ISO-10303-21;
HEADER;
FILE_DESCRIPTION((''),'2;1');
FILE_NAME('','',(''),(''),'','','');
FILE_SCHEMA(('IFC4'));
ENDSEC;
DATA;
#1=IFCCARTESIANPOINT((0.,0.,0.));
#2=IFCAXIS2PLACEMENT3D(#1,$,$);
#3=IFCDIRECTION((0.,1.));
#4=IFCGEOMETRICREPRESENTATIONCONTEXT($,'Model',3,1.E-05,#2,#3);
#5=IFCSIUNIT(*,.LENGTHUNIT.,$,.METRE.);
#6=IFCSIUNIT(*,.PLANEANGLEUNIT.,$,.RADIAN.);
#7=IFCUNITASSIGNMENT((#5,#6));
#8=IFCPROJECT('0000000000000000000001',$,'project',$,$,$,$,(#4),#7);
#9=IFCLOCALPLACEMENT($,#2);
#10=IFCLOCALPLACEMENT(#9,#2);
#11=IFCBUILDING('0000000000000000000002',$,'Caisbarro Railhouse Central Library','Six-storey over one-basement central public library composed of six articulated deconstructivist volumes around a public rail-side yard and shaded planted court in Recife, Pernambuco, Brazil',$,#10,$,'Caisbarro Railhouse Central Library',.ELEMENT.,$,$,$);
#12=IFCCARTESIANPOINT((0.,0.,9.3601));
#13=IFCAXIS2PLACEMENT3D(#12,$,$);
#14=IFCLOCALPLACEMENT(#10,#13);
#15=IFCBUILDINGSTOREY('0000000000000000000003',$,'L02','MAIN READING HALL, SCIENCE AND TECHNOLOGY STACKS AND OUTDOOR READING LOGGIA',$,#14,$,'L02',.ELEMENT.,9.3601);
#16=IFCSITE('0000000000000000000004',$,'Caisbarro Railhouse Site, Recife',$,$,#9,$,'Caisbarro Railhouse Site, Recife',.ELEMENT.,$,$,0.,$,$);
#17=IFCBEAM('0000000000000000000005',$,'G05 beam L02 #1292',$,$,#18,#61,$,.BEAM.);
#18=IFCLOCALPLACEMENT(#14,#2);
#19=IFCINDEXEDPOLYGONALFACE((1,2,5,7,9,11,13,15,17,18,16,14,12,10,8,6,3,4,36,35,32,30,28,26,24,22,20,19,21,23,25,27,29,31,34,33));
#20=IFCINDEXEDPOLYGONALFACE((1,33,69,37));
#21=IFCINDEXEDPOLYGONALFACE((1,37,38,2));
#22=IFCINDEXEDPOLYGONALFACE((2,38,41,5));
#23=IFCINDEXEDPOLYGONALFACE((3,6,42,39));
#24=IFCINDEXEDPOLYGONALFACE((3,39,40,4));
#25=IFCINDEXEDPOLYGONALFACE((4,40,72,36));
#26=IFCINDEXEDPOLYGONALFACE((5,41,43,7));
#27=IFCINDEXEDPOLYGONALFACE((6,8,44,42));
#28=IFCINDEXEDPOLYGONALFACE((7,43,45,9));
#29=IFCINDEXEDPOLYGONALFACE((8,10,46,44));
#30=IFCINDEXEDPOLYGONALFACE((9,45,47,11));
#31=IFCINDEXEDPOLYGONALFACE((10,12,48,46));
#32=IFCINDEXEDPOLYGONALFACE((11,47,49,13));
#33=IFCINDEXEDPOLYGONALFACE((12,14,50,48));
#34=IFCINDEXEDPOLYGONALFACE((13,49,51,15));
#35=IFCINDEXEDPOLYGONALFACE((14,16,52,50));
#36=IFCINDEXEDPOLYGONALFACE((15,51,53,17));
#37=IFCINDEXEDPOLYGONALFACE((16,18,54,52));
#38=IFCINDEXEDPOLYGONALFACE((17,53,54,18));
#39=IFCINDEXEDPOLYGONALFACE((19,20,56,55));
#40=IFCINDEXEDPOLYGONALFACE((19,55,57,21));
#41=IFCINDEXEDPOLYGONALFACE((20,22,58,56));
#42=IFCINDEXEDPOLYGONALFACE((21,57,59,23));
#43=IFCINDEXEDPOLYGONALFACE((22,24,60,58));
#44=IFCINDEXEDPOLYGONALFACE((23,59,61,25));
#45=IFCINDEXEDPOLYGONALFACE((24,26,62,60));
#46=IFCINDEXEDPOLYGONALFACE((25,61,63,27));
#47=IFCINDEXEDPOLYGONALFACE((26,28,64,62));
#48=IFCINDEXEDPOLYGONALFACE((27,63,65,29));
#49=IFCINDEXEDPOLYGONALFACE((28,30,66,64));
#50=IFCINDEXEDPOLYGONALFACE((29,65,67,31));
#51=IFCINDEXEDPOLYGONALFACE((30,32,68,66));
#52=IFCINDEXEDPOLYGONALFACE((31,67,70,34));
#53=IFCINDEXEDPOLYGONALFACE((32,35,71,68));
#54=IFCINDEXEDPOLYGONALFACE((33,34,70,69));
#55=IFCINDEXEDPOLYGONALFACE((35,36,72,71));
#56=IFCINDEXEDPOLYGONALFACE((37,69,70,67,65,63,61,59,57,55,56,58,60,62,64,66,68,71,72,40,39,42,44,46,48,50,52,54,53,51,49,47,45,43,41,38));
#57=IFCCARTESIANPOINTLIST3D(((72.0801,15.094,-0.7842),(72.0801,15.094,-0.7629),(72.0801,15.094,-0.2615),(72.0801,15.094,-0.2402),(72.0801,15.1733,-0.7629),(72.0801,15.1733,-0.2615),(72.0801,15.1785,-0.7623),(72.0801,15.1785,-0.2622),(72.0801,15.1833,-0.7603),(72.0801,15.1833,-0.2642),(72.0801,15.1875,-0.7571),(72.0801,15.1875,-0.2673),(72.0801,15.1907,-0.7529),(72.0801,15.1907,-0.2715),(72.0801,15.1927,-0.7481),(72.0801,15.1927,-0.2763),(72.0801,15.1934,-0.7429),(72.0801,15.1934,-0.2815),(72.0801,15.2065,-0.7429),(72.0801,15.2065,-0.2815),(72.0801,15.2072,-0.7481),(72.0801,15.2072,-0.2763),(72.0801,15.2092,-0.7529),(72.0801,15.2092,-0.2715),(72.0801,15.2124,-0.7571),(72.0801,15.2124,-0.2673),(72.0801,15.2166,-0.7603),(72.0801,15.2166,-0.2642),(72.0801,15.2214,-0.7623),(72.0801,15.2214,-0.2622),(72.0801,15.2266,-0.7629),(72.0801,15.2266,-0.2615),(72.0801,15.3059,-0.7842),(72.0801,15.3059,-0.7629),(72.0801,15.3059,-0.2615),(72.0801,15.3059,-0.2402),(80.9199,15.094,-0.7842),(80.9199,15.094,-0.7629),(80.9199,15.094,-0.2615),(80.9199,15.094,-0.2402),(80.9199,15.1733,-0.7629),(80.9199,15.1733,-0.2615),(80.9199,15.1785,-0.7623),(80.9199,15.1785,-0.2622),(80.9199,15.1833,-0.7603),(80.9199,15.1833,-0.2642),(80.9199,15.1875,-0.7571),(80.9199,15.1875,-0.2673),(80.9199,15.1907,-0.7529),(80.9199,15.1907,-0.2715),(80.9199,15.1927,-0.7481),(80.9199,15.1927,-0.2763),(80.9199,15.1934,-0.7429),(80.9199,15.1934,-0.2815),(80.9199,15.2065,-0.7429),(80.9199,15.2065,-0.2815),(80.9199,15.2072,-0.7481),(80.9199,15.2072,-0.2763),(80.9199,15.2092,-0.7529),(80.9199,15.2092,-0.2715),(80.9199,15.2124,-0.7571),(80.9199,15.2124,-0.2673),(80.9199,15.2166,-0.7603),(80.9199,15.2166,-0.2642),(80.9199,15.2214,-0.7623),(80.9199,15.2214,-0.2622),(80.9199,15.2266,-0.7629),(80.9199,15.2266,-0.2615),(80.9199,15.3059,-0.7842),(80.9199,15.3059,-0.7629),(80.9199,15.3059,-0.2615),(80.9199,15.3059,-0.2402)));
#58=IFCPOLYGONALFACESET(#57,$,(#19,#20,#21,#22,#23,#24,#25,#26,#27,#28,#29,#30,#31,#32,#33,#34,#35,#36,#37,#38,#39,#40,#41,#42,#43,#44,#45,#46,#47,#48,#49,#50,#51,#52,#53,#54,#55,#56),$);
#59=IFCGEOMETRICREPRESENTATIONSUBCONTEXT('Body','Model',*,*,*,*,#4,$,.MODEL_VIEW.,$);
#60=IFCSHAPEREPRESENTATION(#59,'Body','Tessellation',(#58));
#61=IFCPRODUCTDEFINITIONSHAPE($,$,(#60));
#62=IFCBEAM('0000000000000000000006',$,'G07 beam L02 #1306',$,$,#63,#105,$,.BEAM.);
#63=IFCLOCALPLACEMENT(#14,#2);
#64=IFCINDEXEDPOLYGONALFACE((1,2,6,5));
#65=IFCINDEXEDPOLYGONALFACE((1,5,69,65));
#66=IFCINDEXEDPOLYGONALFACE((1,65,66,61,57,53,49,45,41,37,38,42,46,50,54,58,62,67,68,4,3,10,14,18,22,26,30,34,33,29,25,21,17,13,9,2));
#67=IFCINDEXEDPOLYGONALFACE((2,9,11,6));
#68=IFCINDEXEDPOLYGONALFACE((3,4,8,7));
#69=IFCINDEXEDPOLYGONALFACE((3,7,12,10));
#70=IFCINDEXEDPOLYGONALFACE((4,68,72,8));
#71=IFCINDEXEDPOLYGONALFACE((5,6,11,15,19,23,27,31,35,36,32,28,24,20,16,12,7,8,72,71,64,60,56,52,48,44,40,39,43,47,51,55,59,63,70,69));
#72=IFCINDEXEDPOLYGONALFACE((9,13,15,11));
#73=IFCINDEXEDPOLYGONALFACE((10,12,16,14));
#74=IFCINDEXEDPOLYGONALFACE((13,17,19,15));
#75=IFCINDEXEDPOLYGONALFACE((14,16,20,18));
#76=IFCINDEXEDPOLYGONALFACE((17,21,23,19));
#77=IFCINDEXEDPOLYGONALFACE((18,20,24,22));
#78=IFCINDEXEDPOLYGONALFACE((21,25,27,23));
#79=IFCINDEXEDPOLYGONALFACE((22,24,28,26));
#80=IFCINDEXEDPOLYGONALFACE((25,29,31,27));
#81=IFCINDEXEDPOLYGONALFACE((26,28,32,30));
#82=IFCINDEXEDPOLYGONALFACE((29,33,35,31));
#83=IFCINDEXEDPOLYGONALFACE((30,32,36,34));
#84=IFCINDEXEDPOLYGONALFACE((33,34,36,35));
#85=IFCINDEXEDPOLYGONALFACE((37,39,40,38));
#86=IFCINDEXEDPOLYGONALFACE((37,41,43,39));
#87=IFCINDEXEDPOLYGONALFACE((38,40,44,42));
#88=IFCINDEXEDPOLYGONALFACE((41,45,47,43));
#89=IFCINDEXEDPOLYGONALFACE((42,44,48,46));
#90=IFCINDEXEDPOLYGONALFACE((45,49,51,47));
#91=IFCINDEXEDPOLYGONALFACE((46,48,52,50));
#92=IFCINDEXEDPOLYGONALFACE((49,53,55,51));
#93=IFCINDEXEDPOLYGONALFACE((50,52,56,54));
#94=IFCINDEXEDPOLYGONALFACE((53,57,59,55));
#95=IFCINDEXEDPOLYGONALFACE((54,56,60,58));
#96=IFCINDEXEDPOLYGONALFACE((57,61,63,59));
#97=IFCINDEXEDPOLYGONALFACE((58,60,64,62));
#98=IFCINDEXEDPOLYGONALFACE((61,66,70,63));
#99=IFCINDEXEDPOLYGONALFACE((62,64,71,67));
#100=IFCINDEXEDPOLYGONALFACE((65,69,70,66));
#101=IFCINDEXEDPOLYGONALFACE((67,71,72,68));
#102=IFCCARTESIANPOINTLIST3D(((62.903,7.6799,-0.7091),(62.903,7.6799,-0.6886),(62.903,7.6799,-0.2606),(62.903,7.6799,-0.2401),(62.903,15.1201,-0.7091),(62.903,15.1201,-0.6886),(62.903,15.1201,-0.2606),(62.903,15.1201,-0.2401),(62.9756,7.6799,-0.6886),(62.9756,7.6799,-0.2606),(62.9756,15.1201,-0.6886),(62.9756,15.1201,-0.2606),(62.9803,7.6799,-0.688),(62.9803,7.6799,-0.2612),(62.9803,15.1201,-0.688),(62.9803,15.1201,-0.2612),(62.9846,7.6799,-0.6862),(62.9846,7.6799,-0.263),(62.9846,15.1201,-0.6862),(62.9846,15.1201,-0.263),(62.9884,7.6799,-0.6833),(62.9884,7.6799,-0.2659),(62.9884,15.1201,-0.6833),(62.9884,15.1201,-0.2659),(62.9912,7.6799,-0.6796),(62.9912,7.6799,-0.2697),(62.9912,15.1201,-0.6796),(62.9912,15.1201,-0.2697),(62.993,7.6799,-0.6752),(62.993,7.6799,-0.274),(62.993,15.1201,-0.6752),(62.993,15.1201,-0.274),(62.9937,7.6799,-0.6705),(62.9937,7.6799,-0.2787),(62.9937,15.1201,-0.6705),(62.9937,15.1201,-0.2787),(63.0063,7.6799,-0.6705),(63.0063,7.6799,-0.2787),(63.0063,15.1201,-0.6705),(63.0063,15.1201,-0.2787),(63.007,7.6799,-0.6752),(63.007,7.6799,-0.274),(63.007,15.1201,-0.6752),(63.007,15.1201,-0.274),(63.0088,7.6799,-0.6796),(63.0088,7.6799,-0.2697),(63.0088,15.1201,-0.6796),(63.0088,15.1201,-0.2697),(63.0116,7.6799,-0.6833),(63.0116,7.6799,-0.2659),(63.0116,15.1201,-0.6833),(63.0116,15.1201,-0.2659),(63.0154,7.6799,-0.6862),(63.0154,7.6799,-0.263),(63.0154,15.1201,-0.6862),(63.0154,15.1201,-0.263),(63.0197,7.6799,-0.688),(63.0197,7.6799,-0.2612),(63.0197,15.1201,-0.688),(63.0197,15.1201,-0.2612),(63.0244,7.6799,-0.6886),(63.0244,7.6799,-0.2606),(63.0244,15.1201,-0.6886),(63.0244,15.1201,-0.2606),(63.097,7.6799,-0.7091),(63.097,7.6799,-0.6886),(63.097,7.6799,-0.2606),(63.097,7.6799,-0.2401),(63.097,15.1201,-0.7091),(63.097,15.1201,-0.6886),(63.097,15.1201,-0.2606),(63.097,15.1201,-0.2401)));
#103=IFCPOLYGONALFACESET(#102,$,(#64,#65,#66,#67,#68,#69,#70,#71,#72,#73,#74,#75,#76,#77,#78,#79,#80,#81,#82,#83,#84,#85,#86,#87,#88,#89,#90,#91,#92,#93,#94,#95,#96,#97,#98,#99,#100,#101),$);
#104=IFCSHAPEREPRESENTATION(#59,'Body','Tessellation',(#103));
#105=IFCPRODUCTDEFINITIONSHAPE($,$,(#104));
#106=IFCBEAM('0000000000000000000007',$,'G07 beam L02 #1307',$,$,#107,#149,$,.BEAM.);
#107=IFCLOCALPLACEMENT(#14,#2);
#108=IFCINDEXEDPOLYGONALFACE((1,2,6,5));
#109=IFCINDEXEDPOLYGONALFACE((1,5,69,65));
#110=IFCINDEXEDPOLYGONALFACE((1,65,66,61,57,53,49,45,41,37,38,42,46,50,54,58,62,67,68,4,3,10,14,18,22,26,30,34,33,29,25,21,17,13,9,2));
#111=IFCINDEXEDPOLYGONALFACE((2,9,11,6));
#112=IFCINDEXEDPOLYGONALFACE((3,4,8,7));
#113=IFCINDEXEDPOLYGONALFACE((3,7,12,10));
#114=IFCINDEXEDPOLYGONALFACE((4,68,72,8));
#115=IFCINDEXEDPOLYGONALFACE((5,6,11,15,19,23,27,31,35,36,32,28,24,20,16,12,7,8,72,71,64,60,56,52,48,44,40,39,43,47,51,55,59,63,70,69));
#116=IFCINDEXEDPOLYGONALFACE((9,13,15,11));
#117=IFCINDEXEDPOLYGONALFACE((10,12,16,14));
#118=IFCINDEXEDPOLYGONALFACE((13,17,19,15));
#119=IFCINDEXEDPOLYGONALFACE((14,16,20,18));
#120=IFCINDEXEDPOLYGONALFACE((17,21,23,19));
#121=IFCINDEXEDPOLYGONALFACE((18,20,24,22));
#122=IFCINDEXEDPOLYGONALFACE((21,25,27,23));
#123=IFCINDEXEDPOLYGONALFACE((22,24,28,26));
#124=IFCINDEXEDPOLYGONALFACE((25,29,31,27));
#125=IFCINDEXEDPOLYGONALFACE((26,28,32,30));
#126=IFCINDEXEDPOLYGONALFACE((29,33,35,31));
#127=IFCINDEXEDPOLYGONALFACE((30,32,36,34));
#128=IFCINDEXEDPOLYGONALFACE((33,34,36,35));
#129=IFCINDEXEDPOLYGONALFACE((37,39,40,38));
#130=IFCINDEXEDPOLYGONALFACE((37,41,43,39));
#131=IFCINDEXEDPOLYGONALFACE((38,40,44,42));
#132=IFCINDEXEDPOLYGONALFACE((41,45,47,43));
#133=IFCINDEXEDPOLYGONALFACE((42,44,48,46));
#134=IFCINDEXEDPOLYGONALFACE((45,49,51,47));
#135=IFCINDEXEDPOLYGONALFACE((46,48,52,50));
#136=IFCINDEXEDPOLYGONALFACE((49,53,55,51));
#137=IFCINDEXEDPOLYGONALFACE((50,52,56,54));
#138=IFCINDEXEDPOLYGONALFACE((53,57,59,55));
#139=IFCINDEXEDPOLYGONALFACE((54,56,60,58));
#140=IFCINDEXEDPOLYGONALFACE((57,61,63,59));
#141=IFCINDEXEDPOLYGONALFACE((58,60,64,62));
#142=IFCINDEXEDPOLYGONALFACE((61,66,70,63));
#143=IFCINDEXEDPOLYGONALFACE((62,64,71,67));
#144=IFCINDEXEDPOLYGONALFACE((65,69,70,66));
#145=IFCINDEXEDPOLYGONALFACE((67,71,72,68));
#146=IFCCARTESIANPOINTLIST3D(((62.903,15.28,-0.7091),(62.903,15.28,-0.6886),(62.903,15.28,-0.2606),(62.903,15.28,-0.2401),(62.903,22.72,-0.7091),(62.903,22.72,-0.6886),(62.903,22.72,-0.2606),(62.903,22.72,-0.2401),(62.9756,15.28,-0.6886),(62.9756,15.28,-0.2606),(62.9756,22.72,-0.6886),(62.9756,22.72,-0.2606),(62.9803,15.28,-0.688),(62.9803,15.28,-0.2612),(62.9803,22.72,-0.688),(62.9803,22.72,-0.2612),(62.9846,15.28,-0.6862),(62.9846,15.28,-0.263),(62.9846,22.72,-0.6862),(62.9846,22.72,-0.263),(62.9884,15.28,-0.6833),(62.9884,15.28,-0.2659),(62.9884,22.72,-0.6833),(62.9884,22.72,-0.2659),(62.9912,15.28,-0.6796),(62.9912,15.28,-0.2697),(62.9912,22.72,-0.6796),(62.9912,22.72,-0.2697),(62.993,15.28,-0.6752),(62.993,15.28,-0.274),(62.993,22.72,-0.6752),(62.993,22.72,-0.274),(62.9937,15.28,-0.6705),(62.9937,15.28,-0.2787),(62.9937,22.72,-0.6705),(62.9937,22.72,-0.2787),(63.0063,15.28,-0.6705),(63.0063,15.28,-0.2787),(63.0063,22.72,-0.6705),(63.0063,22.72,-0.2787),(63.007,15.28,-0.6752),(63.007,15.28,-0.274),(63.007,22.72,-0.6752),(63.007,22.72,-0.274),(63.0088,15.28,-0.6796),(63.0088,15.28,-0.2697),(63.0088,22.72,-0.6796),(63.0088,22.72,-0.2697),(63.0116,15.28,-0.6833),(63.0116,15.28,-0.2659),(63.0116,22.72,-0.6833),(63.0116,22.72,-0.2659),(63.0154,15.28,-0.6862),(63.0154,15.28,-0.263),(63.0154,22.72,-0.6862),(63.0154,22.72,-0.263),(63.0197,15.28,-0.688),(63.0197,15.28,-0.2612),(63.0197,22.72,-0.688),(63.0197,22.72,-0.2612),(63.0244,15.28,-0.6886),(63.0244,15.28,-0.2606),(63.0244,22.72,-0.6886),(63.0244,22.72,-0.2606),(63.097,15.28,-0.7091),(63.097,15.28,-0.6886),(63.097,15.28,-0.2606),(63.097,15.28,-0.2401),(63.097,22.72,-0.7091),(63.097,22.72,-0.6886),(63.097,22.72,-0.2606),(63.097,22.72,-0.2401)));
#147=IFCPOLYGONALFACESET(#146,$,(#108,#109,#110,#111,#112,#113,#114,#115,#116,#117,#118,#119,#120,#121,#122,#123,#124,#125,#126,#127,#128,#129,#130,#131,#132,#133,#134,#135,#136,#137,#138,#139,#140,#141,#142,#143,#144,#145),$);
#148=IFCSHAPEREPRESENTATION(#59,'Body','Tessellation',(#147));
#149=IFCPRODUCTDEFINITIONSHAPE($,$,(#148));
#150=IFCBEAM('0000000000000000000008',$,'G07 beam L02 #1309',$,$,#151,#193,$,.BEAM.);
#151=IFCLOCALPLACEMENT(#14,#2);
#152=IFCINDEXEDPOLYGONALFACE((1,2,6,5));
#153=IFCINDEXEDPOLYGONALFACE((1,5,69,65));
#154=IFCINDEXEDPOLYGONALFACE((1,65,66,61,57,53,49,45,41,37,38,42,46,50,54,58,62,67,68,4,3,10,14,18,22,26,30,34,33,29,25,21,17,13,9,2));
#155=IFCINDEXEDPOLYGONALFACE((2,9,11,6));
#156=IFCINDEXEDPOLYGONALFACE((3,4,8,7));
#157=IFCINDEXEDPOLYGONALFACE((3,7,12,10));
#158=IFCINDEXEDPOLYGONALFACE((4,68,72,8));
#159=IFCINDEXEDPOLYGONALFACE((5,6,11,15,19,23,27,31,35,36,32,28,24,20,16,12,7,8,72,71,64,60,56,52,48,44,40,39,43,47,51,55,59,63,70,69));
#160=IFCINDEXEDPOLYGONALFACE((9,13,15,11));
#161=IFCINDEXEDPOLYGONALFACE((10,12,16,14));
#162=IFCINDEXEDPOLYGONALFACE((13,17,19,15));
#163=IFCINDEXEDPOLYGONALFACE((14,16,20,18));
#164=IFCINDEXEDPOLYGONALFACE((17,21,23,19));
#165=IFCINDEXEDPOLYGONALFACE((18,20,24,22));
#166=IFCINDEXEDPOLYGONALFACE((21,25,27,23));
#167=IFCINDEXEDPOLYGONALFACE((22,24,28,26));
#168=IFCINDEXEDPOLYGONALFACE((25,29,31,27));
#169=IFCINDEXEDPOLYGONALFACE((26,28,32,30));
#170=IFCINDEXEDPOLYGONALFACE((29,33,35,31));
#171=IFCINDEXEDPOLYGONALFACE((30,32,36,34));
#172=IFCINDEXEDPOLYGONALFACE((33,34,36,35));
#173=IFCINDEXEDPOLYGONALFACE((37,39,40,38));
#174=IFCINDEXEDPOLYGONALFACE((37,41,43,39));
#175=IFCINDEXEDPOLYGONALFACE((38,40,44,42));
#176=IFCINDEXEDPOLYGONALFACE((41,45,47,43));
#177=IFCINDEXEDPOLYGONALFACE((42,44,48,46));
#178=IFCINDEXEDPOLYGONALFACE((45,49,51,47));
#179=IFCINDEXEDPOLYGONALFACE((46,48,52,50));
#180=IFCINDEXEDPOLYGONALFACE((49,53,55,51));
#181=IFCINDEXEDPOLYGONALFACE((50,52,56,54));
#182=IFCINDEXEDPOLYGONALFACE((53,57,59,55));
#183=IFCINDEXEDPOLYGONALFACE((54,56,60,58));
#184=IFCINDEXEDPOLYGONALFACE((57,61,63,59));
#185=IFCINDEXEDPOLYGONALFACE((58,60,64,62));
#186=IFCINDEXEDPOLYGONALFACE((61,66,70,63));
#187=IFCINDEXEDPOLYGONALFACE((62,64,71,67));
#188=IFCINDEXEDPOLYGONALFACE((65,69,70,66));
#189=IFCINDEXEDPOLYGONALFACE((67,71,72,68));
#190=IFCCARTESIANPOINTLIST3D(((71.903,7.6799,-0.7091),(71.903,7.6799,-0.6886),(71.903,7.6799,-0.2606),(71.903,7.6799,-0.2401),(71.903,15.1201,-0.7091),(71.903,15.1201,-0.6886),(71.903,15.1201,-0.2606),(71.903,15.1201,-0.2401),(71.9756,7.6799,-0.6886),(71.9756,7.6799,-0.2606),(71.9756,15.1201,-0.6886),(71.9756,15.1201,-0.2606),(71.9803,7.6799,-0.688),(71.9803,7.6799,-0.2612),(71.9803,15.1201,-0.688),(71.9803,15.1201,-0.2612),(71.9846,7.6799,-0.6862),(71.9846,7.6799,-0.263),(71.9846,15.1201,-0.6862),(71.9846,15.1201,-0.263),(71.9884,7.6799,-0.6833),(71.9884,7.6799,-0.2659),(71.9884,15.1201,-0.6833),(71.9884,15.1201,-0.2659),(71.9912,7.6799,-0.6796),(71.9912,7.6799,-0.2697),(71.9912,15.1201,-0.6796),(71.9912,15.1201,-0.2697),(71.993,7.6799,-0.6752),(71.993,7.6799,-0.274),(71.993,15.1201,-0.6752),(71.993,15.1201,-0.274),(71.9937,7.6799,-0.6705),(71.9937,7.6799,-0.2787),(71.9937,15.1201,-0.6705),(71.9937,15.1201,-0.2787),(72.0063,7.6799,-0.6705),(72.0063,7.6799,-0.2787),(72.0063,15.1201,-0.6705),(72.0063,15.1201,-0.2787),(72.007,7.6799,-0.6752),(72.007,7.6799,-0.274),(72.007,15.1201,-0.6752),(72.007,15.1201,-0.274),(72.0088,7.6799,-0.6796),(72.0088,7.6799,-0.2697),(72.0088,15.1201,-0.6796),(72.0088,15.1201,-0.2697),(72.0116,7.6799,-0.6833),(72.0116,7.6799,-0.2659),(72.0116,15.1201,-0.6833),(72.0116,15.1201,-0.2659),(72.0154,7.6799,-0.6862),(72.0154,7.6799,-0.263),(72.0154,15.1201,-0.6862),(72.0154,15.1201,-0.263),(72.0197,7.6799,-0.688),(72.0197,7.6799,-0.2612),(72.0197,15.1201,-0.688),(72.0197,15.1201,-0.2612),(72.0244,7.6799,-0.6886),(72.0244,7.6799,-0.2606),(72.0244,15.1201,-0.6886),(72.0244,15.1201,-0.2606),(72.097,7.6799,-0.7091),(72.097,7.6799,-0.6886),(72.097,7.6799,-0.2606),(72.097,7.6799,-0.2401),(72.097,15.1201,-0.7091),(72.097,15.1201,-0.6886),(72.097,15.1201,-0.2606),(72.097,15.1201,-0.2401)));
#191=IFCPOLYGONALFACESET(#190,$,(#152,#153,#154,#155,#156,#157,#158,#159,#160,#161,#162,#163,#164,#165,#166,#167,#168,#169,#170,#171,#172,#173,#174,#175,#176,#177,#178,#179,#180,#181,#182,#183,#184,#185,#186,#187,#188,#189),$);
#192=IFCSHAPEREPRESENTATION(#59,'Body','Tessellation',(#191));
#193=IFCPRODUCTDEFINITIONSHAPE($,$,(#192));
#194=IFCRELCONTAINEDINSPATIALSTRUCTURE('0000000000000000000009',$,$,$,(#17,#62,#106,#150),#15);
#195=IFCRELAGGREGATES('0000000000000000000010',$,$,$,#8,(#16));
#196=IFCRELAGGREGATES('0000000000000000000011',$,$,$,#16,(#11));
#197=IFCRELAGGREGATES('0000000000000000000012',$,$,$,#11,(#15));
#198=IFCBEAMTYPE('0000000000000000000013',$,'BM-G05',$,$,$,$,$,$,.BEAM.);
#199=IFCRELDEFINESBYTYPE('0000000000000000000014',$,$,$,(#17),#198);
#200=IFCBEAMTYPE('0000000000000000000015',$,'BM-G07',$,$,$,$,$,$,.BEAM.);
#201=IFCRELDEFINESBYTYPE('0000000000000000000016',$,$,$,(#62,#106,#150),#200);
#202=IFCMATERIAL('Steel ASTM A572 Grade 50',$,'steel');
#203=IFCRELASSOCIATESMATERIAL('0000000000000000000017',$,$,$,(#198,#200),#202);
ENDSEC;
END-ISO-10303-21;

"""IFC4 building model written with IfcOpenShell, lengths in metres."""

from ifc_helpers import new_model, si_unit, direction, frame, origin, origin_2d, place, context, subcontext, project, spatial, i_section, extrude, material, material_profile, profile_set, type_object, element, save


model = new_model("IFC4")

# Units and contexts
model_context = context("Model", 3, precision=1e-05, world=origin(), true_north=direction((0.0, 1.0)))
body_context = subcontext(model_context, "Body", "Model", "MODEL_VIEW")
ifc_project = project(units=[si_unit("LENGTHUNIT", "METRE"), si_unit("PLANEANGLEUNIT", "RADIAN")], contexts=[model_context])

# Site, building, storey
site_placement = place(None, origin())
site = spatial("IfcSite", under=ifc_project, at=site_placement, Name="Caisbarro Railhouse Site, Recife", LongName="Caisbarro Railhouse Site, Recife", CompositionType="ELEMENT", RefElevation=0.0)
building_placement = place(site_placement, origin())
building = spatial("IfcBuilding", under=site, at=building_placement, Name="Caisbarro Railhouse Central Library", Description="Six-storey over one-basement central public library composed of six articulated deconstructivist volumes around a public rail-side yard and shaded planted court in Recife, Pernambuco, Brazil", LongName="Caisbarro Railhouse Central Library", CompositionType="ELEMENT")
storey_placement = place(building_placement, frame((0.0, 0.0, 9.3601)))
storey = spatial("IfcBuildingStorey", under=building, at=storey_placement, Name="L02", Description="MAIN READING HALL, SCIENCE AND TECHNOLOGY STACKS AND OUTDOOR READING LOGGIA", LongName="L02", CompositionType="ELEMENT", Elevation=9.3601)

# Shared definitions
ifc_material_1 = material(Name="Steel ASTM A572 Grade 50", Category="steel")

# Beams
ifc_material_profile_1 = material_profile(ifc_material_1, i_section(OverallWidth=0.2119, OverallDepth=0.5439, WebThickness=0.0132, FlangeThickness=0.0212, FilletRadius=0.02, at=origin_2d()), Name="W530X123.0")
ifc_profile_set_1 = profile_set([ifc_material_profile_1], Name="Steel ASTM A572 Grade 50")
beam_type_1 = type_object("IfcBeamType", Name="BM-G05", PredefinedType="BEAM", material=ifc_profile_set_1)
for number, where, z_axis, x_axis, name in (
    (1, (72.0801, 15.2, -0.5122), (1.0, 0.0, 0.0), (0.0, 1.0, 0.0), "G05 beam L02 #1292"),
):
    element("IfcBeam", number, at=place(storey_placement, frame(where, z_axis=z_axis, x_axis=x_axis)), inside=storey, type_object=beam_type_1, Name=name, PredefinedType="BEAM", context=body_context, shape_type="SweptSolid", body=[
        extrude(i_section(OverallWidth=0.2119, OverallDepth=0.5439, WebThickness=0.0132, FlangeThickness=0.0212, FilletRadius=0.02, at=origin_2d()), origin(), (0.0, 0.0, 1.0), 8.8398),
    ])
ifc_material_profile_2 = material_profile(ifc_material_1, i_section(OverallWidth=0.1941, OverallDepth=0.469, WebThickness=0.0127, FlangeThickness=0.0205, FilletRadius=0.0181, at=origin_2d()), Name="W460X106.0")
ifc_profile_set_2 = profile_set([ifc_material_profile_2], Name="Steel ASTM A572 Grade 50")
beam_type_2 = type_object("IfcBeamType", Name="BM-G07", PredefinedType="BEAM", material=ifc_profile_set_2)
beam_1_placement = place(storey_placement, frame((63.0, 7.6799, -0.4746), z_axis=(0.0, 1.0, 0.0), x_axis=(-1.0, 0.0, 0.0)))
element("IfcBeam", 2, at=beam_1_placement, inside=storey, type_object=beam_type_2, Name="G07 beam L02 #1306", PredefinedType="BEAM", context=body_context, shape_type="SweptSolid", body=[
    extrude(i_section(OverallWidth=0.1941, OverallDepth=0.469, WebThickness=0.0127, FlangeThickness=0.0205, FilletRadius=0.0181, at=origin_2d()), origin(), (0.0, 0.0, 1.0), 7.4402),
])
beam_2_placement = place(storey_placement, frame((63.0, 15.28, -0.4746), z_axis=(0.0, 1.0, 0.0), x_axis=(-1.0, 0.0, 0.0)))
element("IfcBeam", 3, at=beam_2_placement, inside=storey, type_object=beam_type_2, Name="G07 beam L02 #1307", PredefinedType="BEAM", context=body_context, shape_type="SweptSolid", body=[
    extrude(i_section(OverallWidth=0.1941, OverallDepth=0.469, WebThickness=0.0127, FlangeThickness=0.0205, FilletRadius=0.0181, at=origin_2d()), origin(), (0.0, 0.0, 1.0), 7.4399),
])
beam_3_placement = place(storey_placement, frame((72.0, 7.6799, -0.4746), z_axis=(0.0, 1.0, 0.0), x_axis=(-1.0, 0.0, 0.0)))
element("IfcBeam", 4, at=beam_3_placement, inside=storey, type_object=beam_type_2, Name="G07 beam L02 #1309", PredefinedType="BEAM", context=body_context, shape_type="SweptSolid", body=[
    extrude(i_section(OverallWidth=0.1941, OverallDepth=0.469, WebThickness=0.0127, FlangeThickness=0.0205, FilletRadius=0.0181, at=origin_2d()), origin(), (0.0, 0.0, 1.0), 7.4402),
])

save(model, "model.ifc")
